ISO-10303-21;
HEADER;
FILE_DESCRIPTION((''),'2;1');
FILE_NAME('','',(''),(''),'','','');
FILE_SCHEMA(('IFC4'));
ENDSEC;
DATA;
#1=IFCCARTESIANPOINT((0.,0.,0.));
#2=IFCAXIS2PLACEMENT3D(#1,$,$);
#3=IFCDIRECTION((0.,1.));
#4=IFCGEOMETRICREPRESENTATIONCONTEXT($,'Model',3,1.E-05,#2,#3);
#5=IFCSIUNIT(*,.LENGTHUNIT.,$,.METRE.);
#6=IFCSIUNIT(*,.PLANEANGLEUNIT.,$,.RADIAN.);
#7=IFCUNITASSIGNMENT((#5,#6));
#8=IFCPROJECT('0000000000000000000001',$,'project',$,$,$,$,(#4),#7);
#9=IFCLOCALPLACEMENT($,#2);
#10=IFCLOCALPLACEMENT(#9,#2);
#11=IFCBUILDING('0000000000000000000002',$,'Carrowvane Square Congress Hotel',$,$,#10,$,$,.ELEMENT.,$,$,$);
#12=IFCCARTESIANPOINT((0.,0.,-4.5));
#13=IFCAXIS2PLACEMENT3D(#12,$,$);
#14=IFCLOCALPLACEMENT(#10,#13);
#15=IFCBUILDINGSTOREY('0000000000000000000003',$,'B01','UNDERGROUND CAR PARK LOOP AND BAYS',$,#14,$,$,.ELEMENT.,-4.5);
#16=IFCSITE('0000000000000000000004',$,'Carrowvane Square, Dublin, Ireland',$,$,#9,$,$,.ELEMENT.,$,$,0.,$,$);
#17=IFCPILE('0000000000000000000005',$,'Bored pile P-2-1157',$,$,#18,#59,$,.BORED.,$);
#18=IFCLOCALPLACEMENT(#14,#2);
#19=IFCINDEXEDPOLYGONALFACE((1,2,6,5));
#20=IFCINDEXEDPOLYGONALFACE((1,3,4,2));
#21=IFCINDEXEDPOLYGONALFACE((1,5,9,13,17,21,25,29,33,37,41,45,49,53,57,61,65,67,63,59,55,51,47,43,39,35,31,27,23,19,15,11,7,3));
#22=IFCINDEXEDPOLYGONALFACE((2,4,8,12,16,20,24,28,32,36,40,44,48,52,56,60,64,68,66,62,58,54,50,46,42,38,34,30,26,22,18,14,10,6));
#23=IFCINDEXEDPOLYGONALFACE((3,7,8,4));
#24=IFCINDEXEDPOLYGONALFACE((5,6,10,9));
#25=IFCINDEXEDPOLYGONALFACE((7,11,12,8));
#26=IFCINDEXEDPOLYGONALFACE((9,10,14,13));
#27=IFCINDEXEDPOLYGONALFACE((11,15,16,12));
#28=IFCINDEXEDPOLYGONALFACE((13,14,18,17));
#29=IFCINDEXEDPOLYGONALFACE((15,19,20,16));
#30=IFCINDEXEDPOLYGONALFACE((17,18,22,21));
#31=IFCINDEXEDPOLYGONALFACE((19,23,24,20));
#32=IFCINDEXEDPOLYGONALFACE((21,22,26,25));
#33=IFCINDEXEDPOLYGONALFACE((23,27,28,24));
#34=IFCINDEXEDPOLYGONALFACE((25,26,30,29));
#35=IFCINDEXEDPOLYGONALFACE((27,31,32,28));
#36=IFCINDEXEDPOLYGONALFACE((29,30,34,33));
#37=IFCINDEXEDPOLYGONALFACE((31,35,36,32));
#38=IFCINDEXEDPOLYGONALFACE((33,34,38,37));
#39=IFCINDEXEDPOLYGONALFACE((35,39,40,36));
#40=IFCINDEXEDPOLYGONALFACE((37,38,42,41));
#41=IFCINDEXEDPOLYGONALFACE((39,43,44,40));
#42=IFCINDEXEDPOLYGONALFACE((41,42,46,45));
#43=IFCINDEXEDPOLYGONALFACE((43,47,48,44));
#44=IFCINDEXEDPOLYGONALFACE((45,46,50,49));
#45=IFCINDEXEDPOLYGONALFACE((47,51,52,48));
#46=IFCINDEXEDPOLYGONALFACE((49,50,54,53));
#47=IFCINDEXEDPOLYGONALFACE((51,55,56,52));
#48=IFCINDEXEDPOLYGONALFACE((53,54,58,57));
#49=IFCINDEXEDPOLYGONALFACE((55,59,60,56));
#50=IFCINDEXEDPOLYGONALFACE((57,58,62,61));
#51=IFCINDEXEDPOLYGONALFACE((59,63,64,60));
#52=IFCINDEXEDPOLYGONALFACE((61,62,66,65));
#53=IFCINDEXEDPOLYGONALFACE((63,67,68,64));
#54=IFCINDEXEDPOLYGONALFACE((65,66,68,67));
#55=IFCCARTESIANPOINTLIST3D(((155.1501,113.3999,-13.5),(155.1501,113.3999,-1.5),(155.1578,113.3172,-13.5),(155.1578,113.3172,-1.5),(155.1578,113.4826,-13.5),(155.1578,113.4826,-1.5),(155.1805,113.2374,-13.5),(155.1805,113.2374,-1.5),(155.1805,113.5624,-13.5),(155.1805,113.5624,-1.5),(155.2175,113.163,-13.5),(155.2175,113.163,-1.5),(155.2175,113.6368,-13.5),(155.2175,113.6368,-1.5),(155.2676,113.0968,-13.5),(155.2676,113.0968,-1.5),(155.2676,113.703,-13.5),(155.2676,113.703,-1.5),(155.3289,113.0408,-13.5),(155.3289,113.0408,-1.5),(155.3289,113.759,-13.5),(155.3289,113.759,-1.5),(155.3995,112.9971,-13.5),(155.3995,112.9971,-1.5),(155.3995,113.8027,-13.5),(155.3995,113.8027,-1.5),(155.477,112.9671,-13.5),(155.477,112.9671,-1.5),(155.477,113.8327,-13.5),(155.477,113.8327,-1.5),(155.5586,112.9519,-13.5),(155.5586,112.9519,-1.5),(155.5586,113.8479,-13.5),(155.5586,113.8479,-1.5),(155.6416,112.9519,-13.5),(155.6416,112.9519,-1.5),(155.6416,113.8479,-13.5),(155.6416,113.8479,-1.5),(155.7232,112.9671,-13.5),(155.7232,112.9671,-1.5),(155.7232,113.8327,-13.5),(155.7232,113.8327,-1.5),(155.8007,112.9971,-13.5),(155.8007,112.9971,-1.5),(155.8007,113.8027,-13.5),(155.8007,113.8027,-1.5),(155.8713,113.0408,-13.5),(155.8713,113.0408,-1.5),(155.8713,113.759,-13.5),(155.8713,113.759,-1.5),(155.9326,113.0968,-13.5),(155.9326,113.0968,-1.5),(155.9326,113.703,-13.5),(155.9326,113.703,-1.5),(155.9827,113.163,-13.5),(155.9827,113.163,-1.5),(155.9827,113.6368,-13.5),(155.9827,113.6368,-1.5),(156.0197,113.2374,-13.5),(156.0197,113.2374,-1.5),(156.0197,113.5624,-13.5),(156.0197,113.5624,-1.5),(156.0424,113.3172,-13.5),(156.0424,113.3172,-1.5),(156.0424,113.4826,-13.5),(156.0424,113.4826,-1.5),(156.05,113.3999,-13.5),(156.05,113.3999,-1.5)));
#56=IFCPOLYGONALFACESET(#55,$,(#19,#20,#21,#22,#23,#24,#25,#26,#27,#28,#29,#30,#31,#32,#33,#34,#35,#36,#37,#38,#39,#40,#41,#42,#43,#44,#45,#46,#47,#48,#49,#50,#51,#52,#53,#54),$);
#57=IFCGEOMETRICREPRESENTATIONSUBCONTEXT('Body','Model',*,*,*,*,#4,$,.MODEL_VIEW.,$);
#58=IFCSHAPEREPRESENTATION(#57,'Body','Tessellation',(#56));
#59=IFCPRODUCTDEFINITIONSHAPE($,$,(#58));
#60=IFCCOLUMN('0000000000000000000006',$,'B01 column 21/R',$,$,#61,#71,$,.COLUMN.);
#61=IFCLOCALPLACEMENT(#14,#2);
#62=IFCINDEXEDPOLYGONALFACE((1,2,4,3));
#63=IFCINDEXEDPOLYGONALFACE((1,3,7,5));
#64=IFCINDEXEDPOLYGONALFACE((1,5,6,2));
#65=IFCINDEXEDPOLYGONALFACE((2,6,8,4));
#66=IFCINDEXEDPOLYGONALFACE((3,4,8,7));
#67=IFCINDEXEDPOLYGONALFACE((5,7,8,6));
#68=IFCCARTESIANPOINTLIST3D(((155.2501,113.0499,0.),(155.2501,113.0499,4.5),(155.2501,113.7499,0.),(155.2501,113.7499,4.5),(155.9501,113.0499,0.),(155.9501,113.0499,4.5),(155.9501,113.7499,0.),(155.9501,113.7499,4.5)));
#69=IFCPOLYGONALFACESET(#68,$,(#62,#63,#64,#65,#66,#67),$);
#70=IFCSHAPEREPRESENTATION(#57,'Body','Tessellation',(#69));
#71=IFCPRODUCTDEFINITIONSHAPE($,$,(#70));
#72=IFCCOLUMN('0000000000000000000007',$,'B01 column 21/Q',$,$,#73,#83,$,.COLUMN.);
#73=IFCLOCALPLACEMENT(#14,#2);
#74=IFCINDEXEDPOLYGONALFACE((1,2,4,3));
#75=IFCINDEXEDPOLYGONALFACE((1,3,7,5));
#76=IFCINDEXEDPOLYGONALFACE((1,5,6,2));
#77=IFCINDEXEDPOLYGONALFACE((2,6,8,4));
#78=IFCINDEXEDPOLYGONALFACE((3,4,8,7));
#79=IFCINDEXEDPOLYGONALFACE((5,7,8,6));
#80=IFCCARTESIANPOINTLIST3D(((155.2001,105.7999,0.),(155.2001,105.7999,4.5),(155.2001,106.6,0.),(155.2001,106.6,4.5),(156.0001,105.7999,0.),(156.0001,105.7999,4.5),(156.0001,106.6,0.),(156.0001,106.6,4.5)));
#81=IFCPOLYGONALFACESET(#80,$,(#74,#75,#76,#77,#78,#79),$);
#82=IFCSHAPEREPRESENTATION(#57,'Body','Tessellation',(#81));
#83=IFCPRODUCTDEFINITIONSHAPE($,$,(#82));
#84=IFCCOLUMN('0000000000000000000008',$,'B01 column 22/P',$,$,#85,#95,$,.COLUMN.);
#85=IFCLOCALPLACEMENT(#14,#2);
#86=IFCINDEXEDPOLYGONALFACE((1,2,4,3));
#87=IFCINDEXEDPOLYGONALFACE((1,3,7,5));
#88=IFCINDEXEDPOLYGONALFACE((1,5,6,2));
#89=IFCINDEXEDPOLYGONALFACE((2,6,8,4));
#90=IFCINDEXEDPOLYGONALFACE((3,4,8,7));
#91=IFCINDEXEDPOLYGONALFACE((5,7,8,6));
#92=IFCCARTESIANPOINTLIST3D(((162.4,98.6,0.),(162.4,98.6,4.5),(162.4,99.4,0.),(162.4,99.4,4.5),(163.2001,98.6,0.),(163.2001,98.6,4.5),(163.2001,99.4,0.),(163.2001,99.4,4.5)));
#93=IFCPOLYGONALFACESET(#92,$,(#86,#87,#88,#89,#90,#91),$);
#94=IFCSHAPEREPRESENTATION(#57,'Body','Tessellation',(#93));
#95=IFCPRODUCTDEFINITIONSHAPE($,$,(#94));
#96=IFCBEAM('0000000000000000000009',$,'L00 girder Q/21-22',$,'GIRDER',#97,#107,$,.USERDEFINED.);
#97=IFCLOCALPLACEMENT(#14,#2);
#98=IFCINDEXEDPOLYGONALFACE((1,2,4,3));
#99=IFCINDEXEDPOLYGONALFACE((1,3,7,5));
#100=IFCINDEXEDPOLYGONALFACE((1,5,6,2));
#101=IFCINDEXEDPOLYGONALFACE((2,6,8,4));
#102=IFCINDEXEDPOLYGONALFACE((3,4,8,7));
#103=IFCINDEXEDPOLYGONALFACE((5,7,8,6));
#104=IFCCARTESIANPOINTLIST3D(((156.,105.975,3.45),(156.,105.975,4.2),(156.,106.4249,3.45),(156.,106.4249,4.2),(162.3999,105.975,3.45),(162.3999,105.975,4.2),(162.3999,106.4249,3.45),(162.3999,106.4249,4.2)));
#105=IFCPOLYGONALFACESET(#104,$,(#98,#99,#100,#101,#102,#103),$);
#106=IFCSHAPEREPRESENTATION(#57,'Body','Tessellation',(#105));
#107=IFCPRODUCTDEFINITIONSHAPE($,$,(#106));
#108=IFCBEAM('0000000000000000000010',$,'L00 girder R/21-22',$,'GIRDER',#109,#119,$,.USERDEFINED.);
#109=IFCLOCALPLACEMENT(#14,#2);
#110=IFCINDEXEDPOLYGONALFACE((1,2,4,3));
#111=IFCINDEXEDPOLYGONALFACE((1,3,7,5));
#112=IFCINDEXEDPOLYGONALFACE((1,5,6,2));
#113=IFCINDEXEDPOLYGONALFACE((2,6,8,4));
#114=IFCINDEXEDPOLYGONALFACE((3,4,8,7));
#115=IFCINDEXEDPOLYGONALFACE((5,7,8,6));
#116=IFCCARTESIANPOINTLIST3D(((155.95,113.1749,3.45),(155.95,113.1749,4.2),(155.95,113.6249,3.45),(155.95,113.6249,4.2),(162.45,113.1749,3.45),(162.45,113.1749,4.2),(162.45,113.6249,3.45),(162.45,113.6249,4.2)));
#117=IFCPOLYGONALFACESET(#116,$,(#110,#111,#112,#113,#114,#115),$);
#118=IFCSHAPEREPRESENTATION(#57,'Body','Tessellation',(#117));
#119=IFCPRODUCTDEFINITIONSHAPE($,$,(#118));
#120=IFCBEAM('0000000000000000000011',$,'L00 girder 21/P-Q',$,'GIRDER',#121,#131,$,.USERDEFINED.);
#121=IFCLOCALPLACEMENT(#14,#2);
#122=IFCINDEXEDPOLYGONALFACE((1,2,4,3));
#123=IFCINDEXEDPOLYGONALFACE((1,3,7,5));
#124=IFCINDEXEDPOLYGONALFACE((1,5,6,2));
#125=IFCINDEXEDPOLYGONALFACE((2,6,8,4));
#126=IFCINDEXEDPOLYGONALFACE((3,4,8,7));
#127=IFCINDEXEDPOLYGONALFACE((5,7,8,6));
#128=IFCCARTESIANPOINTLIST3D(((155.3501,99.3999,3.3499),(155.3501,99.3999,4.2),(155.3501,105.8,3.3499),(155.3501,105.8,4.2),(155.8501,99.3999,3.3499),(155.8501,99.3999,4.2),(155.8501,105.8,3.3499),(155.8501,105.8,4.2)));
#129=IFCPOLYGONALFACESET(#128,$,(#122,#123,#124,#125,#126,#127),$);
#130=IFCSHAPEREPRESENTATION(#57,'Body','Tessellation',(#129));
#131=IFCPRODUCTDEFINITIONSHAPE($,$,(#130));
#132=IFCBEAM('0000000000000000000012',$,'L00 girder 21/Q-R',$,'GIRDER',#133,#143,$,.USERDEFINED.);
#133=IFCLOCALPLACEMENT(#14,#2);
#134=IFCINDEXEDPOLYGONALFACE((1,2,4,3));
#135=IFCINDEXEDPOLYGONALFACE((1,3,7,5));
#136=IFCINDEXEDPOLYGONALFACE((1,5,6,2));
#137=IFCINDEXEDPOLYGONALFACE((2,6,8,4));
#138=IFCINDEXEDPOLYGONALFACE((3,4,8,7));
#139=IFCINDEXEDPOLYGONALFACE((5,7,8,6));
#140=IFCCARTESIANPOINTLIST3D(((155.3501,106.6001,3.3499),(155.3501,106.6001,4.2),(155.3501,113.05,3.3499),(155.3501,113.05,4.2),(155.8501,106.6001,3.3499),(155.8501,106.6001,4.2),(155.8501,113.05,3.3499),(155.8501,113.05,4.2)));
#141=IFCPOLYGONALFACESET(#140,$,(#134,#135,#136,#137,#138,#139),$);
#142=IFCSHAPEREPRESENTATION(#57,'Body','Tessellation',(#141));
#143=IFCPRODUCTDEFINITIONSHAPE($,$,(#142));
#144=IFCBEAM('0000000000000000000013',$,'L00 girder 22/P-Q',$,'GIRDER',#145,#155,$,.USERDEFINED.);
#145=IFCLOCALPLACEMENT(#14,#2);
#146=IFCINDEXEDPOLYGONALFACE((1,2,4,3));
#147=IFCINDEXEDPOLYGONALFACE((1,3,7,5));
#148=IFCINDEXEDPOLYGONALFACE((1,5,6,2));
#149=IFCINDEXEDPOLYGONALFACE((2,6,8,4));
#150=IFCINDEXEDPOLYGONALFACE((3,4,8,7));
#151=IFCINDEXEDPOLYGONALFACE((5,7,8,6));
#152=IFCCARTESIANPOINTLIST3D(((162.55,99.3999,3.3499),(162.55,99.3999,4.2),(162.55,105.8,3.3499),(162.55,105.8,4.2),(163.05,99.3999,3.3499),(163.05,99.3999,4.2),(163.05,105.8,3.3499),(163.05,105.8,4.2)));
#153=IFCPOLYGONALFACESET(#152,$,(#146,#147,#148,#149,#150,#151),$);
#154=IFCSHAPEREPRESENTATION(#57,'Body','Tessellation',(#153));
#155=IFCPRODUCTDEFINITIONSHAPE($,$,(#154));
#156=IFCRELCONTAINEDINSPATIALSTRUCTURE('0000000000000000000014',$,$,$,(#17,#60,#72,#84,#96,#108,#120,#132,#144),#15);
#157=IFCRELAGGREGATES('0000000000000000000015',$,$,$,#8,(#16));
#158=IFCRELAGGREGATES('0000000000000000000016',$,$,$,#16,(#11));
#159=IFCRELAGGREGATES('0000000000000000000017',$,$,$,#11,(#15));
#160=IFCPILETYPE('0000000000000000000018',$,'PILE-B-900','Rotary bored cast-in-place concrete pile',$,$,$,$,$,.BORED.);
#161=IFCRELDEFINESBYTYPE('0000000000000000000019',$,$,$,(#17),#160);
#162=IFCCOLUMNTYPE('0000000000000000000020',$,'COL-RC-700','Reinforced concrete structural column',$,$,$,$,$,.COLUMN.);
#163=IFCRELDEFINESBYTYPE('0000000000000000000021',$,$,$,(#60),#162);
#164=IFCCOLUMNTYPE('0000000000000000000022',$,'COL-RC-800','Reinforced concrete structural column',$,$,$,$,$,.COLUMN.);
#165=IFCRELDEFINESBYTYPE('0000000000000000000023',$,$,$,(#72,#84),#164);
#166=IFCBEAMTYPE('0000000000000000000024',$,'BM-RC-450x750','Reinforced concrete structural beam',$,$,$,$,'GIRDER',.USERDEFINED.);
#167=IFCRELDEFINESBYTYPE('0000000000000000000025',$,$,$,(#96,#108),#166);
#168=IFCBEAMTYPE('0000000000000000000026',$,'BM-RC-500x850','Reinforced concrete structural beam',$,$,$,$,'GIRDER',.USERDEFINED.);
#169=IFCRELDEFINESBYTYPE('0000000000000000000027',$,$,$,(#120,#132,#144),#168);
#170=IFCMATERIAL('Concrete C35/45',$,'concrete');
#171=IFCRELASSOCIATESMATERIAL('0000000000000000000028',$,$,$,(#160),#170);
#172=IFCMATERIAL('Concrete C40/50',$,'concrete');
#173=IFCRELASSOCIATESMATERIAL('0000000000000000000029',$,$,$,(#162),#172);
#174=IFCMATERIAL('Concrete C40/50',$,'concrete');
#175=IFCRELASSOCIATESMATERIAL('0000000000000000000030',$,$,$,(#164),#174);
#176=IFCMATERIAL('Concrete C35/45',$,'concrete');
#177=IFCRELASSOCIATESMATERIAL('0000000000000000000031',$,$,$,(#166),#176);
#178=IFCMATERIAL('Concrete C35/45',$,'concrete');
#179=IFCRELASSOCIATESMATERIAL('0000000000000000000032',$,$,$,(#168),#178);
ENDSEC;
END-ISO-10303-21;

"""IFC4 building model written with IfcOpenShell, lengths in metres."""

from ifc_helpers import new_model, si_unit, direction, frame, origin, origin_2d, place, context, subcontext, project, spatial, rectangle, circle, extrude, material, material_profile, profile_set, type_object, element, save


model = new_model("IFC4")

# Units and contexts
model_context = context("Model", 3, precision=1e-05, world=origin(), true_north=direction((0.0, 1.0)))
body_context = subcontext(model_context, "Body", "Model", "MODEL_VIEW")
ifc_project = project(units=[si_unit("LENGTHUNIT", "METRE"), si_unit("PLANEANGLEUNIT", "RADIAN")], contexts=[model_context])

# Site, building, storey
site_placement = place(None, origin())
site = spatial("IfcSite", under=ifc_project, at=site_placement, Name="Carrowvane Square, Dublin, Ireland", CompositionType="ELEMENT", RefElevation=0.0)
building_placement = place(site_placement, origin())
building = spatial("IfcBuilding", under=site, at=building_placement, Name="Carrowvane Square Congress Hotel", CompositionType="ELEMENT")
storey_placement = place(building_placement, frame((0.0, 0.0, -4.5)))
storey = spatial("IfcBuildingStorey", under=building, at=storey_placement, Name="B01", Description="UNDERGROUND CAR PARK LOOP AND BAYS", CompositionType="ELEMENT", Elevation=-4.5)

# Pile
ifc_material_1 = material(Name="Concrete C35/45", Category="concrete")
ifc_material_profile_1 = material_profile(ifc_material_1, circle(Radius=0.45, at=origin_2d()), Name="PILE D900")
ifc_profile_set_1 = profile_set([ifc_material_profile_1], Name="Concrete C35/45")
pile_type = type_object("IfcPileType", Name="PILE-B-900", Description="Rotary bored cast-in-place concrete pile", PredefinedType="BORED", material=ifc_profile_set_1)
for number, where, z_axis, x_axis, name in (
    (1, (155.6001, 113.3999, -1.5), (0.0, 0.0, -1.0), (1.0, 0.0, 0.0), "Bored pile P-2-1157"),
):
    element("IfcPile", number, at=place(storey_placement, frame(where, z_axis=z_axis, x_axis=x_axis)), inside=storey, type_object=pile_type, Name=name, PredefinedType="BORED", context=body_context, shape_type="SweptSolid", body=[
        extrude(circle(Radius=0.45, at=origin_2d()), origin(), (0.0, 0.0, 1.0), 12.0),
    ])

# Columns
ifc_material_2 = material(Name="Concrete C40/50", Category="concrete")
ifc_material_profile_2 = material_profile(ifc_material_2, rectangle(XDim=0.7, YDim=0.7, at=origin_2d()), Name="RC 700x700")
ifc_profile_set_2 = profile_set([ifc_material_profile_2], Name="Concrete C40/50")
column_type_1 = type_object("IfcColumnType", Name="COL-RC-700", Description="Reinforced concrete structural column", PredefinedType="COLUMN", material=ifc_profile_set_2)
column_placement = place(storey_placement, frame((155.6001, 113.3999, 0.0), z_axis=(0.0, 0.0, 1.0), x_axis=(1.0, 0.0, 0.0)))
element("IfcColumn", 2, at=column_placement, inside=storey, type_object=column_type_1, Name="B01 column 21/R", PredefinedType="COLUMN", context=body_context, shape_type="SweptSolid", body=[
    extrude(rectangle(XDim=0.7, YDim=0.7, at=origin_2d()), origin(), (0.0, 0.0, 1.0), 4.5),
])
ifc_material_3 = material(Name="Concrete C40/50", Category="concrete")
ifc_material_profile_3 = material_profile(ifc_material_3, rectangle(XDim=0.8, YDim=0.8, at=origin_2d()), Name="RC 800x800")
ifc_profile_set_3 = profile_set([ifc_material_profile_3], Name="Concrete C40/50")
column_type_2 = type_object("IfcColumnType", Name="COL-RC-800", Description="Reinforced concrete structural column", PredefinedType="COLUMN", material=ifc_profile_set_3)
for number, where, z_axis, x_axis, name in (
    (3, (155.6001, 106.2, 0.0), (0.0, 0.0, 1.0), (1.0, 0.0, 0.0), "B01 column 21/Q"),
    (4, (162.8, 99.0, 0.0), (0.0, 0.0, 1.0), (1.0, 0.0, 0.0), "B01 column 22/P"),
):
    element("IfcColumn", number, at=place(storey_placement, frame(where, z_axis=z_axis, x_axis=x_axis)), inside=storey, type_object=column_type_2, Name=name, PredefinedType="COLUMN", context=body_context, shape_type="SweptSolid", body=[
        extrude(rectangle(XDim=0.8, YDim=0.8, at=origin_2d()), origin(), (0.0, 0.0, 1.0), 4.5),
    ])

# Beams
ifc_material_4 = material(Name="Concrete C35/45", Category="concrete")
ifc_material_profile_4 = material_profile(ifc_material_4, rectangle(XDim=0.45, YDim=0.75, at=origin_2d()), Name="RC 450x750")
ifc_profile_set_4 = profile_set([ifc_material_profile_4], Name="Concrete C35/45")
beam_type_1 = type_object("IfcBeamType", Name="BM-RC-450x750", Description="Reinforced concrete structural beam", ElementType="GIRDER", PredefinedType="USERDEFINED", material=ifc_profile_set_4)
beam_1_placement = place(storey_placement, frame((156.0, 106.2, 3.825), z_axis=(1.0, 0.0, 0.0), x_axis=(0.0, 1.0, 0.0)))
element("IfcBeam", 5, at=beam_1_placement, inside=storey, type_object=beam_type_1, Name="L00 girder Q/21-22", ObjectType="GIRDER", PredefinedType="USERDEFINED", context=body_context, shape_type="SweptSolid", body=[
    extrude(rectangle(XDim=0.45, YDim=0.75, at=origin_2d()), origin(), (0.0, 0.0, 1.0), 6.3999),
])
beam_2_placement = place(storey_placement, frame((155.95, 113.3999, 3.825), z_axis=(1.0, 0.0, 0.0), x_axis=(0.0, 1.0, 0.0)))
element("IfcBeam", 6, at=beam_2_placement, inside=storey, type_object=beam_type_1, Name="L00 girder R/21-22", ObjectType="GIRDER", PredefinedType="USERDEFINED", context=body_context, shape_type="SweptSolid", body=[
    extrude(rectangle(XDim=0.45, YDim=0.75, at=origin_2d()), origin(), (0.0, 0.0, 1.0), 6.5),
])
ifc_material_5 = material(Name="Concrete C35/45", Category="concrete")
ifc_material_profile_5 = material_profile(ifc_material_5, rectangle(XDim=0.5, YDim=0.8501, at=origin_2d()), Name="RC 500x850")
ifc_profile_set_5 = profile_set([ifc_material_profile_5], Name="Concrete C35/45")
beam_type_2 = type_object("IfcBeamType", Name="BM-RC-500x850", Description="Reinforced concrete structural beam", ElementType="GIRDER", PredefinedType="USERDEFINED", material=ifc_profile_set_5)
beam_3_placement = place(storey_placement, frame((155.6001, 99.3999, 3.7749), z_axis=(0.0, 1.0, 0.0), x_axis=(-1.0, 0.0, 0.0)))
element("IfcBeam", 7, at=beam_3_placement, inside=storey, type_object=beam_type_2, Name="L00 girder 21/P-Q", ObjectType="GIRDER", PredefinedType="USERDEFINED", context=body_context, shape_type="SweptSolid", body=[
    extrude(rectangle(XDim=0.5, YDim=0.8501, at=origin_2d()), origin(), (0.0, 0.0, 1.0), 6.4001),
])
beam_4_placement = place(storey_placement, frame((155.6001, 106.6001, 3.7749), z_axis=(0.0, 1.0, 0.0), x_axis=(-1.0, 0.0, 0.0)))
element("IfcBeam", 8, at=beam_4_placement, inside=storey, type_object=beam_type_2, Name="L00 girder 21/Q-R", ObjectType="GIRDER", PredefinedType="USERDEFINED", context=body_context, shape_type="SweptSolid", body=[
    extrude(rectangle(XDim=0.5, YDim=0.8501, at=origin_2d()), origin(), (0.0, 0.0, 1.0), 6.45),
])
beam_5_placement = place(storey_placement, frame((162.8, 99.3999, 3.7749), z_axis=(0.0, 1.0, 0.0), x_axis=(-1.0, 0.0, 0.0)))
element("IfcBeam", 9, at=beam_5_placement, inside=storey, type_object=beam_type_2, Name="L00 girder 22/P-Q", ObjectType="GIRDER", PredefinedType="USERDEFINED", context=body_context, shape_type="SweptSolid", body=[
    extrude(rectangle(XDim=0.5, YDim=0.8501, at=origin_2d()), origin(), (0.0, 0.0, 1.0), 6.4001),
])

save(model, "model.ifc")
